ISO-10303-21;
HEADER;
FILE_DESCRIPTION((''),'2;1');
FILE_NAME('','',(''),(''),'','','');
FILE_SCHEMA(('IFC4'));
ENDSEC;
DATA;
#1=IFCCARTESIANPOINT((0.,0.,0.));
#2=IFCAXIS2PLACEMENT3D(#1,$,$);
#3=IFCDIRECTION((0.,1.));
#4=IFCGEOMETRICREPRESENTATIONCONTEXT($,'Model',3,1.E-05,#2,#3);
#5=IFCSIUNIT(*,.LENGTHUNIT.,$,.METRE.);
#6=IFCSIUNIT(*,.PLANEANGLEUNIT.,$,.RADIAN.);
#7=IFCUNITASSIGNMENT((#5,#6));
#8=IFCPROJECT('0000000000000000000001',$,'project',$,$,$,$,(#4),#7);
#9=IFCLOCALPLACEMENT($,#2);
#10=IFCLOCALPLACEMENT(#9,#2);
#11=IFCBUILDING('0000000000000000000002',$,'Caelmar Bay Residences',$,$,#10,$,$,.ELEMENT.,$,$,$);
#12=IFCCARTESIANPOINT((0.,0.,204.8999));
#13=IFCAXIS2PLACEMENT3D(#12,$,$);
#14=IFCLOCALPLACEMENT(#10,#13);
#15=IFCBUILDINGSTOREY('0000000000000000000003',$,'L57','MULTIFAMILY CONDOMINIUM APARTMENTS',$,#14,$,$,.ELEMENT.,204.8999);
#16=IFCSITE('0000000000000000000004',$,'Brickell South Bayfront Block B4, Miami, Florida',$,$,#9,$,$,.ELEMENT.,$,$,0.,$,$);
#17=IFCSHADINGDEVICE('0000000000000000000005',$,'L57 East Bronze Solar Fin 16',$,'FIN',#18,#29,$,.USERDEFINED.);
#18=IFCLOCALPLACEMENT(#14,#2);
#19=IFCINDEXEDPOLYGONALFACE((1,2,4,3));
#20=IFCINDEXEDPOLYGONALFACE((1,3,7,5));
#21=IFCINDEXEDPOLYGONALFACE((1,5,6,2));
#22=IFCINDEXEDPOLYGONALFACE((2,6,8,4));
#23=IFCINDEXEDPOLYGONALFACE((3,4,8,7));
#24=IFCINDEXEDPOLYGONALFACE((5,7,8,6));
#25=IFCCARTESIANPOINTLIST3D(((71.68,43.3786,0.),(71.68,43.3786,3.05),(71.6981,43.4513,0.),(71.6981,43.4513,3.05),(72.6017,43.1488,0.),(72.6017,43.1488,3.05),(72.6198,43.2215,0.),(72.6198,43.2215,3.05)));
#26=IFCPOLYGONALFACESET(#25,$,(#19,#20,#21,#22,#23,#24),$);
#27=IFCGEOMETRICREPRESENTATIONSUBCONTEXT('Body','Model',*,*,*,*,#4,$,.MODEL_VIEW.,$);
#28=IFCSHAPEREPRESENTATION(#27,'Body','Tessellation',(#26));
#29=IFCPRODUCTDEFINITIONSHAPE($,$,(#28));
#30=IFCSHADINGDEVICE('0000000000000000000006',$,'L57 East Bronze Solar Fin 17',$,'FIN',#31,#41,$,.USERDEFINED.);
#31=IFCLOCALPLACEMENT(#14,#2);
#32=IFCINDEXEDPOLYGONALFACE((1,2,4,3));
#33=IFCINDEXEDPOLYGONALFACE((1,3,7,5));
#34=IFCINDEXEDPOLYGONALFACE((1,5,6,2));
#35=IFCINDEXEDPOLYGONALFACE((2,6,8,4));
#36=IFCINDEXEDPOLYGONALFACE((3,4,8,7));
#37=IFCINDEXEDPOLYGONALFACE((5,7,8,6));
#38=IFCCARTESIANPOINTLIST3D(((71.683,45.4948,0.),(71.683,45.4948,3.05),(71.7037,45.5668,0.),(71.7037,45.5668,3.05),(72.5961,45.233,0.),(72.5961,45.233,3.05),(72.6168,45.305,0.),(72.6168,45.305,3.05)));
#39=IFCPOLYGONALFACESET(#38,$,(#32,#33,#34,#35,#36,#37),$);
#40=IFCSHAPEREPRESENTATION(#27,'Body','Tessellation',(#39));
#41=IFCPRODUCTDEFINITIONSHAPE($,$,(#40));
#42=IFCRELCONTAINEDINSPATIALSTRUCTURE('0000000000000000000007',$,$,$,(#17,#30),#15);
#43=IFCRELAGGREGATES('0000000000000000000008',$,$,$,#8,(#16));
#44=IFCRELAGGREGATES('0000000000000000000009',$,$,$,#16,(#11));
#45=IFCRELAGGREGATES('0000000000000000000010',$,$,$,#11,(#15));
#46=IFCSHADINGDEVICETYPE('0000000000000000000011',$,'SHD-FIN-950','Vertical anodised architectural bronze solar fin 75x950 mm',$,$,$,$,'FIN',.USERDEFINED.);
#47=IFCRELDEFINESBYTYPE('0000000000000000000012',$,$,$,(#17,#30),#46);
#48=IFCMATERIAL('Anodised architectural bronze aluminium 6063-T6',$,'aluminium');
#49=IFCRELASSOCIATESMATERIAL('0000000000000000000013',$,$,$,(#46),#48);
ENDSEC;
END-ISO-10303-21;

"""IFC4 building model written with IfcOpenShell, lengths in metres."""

from ifc_helpers import new_model, si_unit, direction, frame, origin, origin_2d, place, context, subcontext, project, spatial, rectangle, extrude, material, material_profile, profile_set, type_object, element, save


model = new_model("IFC4")

# Units and contexts
model_context = context("Model", 3, precision=1e-05, world=origin(), true_north=direction((0.0, 1.0)))
body_context = subcontext(model_context, "Body", "Model", "MODEL_VIEW")
ifc_project = project(units=[si_unit("LENGTHUNIT", "METRE"), si_unit("PLANEANGLEUNIT", "RADIAN")], contexts=[model_context])

# Site, building, storey
site_placement = place(None, origin())
site = spatial("IfcSite", under=ifc_project, at=site_placement, Name="Brickell South Bayfront Block B4, Miami, Florida", CompositionType="ELEMENT", RefElevation=0.0)
building_placement = place(site_placement, origin())
building = spatial("IfcBuilding", under=site, at=building_placement, Name="Caelmar Bay Residences", CompositionType="ELEMENT")
storey_placement = place(building_placement, frame((0.0, 0.0, 204.8999)))
storey = spatial("IfcBuildingStorey", under=building, at=storey_placement, Name="L57", Description="MULTIFAMILY CONDOMINIUM APARTMENTS", CompositionType="ELEMENT", Elevation=204.8999)

# Shading devices
ifc_material_1 = material(Name="Anodised architectural bronze aluminium 6063-T6", Category="aluminium")
ifc_material_profile_1 = material_profile(ifc_material_1, rectangle(XDim=0.075, YDim=0.95, at=origin_2d()), Name="BRONZE-FIN-75X950")
ifc_profile_set_1 = profile_set([ifc_material_profile_1], Name="Anodised architectural bronze aluminium 6063-T6")
shading_device_type = type_object("IfcShadingDeviceType", Name="SHD-FIN-950", Description="Vertical anodised architectural bronze solar fin 75x950 mm", ElementType="FIN", PredefinedType="USERDEFINED", material=ifc_profile_set_1)
for number, where, z_axis, x_axis, name in (
    (1, (72.1499, 43.3, 0.0), (0.0, 0.0, 1.0), (0.241922, 0.970296, 0.0), "L57 East Bronze Solar Fin 16"),
    (2, (72.1499, 45.3999, 0.0), (0.0, 0.0, 1.0), (0.275637, 0.961262, 0.0), "L57 East Bronze Solar Fin 17"),
):
    element("IfcShadingDevice", number, at=place(storey_placement, frame(where, z_axis=z_axis, x_axis=x_axis)), inside=storey, type_object=shading_device_type, Name=name, ObjectType="FIN", PredefinedType="USERDEFINED", context=body_context, shape_type="SweptSolid", body=[
        extrude(rectangle(XDim=0.075, YDim=0.95, at=origin_2d()), origin(), (0.0, 0.0, 1.0), 3.05),
    ])

save(model, "model.ifc")
